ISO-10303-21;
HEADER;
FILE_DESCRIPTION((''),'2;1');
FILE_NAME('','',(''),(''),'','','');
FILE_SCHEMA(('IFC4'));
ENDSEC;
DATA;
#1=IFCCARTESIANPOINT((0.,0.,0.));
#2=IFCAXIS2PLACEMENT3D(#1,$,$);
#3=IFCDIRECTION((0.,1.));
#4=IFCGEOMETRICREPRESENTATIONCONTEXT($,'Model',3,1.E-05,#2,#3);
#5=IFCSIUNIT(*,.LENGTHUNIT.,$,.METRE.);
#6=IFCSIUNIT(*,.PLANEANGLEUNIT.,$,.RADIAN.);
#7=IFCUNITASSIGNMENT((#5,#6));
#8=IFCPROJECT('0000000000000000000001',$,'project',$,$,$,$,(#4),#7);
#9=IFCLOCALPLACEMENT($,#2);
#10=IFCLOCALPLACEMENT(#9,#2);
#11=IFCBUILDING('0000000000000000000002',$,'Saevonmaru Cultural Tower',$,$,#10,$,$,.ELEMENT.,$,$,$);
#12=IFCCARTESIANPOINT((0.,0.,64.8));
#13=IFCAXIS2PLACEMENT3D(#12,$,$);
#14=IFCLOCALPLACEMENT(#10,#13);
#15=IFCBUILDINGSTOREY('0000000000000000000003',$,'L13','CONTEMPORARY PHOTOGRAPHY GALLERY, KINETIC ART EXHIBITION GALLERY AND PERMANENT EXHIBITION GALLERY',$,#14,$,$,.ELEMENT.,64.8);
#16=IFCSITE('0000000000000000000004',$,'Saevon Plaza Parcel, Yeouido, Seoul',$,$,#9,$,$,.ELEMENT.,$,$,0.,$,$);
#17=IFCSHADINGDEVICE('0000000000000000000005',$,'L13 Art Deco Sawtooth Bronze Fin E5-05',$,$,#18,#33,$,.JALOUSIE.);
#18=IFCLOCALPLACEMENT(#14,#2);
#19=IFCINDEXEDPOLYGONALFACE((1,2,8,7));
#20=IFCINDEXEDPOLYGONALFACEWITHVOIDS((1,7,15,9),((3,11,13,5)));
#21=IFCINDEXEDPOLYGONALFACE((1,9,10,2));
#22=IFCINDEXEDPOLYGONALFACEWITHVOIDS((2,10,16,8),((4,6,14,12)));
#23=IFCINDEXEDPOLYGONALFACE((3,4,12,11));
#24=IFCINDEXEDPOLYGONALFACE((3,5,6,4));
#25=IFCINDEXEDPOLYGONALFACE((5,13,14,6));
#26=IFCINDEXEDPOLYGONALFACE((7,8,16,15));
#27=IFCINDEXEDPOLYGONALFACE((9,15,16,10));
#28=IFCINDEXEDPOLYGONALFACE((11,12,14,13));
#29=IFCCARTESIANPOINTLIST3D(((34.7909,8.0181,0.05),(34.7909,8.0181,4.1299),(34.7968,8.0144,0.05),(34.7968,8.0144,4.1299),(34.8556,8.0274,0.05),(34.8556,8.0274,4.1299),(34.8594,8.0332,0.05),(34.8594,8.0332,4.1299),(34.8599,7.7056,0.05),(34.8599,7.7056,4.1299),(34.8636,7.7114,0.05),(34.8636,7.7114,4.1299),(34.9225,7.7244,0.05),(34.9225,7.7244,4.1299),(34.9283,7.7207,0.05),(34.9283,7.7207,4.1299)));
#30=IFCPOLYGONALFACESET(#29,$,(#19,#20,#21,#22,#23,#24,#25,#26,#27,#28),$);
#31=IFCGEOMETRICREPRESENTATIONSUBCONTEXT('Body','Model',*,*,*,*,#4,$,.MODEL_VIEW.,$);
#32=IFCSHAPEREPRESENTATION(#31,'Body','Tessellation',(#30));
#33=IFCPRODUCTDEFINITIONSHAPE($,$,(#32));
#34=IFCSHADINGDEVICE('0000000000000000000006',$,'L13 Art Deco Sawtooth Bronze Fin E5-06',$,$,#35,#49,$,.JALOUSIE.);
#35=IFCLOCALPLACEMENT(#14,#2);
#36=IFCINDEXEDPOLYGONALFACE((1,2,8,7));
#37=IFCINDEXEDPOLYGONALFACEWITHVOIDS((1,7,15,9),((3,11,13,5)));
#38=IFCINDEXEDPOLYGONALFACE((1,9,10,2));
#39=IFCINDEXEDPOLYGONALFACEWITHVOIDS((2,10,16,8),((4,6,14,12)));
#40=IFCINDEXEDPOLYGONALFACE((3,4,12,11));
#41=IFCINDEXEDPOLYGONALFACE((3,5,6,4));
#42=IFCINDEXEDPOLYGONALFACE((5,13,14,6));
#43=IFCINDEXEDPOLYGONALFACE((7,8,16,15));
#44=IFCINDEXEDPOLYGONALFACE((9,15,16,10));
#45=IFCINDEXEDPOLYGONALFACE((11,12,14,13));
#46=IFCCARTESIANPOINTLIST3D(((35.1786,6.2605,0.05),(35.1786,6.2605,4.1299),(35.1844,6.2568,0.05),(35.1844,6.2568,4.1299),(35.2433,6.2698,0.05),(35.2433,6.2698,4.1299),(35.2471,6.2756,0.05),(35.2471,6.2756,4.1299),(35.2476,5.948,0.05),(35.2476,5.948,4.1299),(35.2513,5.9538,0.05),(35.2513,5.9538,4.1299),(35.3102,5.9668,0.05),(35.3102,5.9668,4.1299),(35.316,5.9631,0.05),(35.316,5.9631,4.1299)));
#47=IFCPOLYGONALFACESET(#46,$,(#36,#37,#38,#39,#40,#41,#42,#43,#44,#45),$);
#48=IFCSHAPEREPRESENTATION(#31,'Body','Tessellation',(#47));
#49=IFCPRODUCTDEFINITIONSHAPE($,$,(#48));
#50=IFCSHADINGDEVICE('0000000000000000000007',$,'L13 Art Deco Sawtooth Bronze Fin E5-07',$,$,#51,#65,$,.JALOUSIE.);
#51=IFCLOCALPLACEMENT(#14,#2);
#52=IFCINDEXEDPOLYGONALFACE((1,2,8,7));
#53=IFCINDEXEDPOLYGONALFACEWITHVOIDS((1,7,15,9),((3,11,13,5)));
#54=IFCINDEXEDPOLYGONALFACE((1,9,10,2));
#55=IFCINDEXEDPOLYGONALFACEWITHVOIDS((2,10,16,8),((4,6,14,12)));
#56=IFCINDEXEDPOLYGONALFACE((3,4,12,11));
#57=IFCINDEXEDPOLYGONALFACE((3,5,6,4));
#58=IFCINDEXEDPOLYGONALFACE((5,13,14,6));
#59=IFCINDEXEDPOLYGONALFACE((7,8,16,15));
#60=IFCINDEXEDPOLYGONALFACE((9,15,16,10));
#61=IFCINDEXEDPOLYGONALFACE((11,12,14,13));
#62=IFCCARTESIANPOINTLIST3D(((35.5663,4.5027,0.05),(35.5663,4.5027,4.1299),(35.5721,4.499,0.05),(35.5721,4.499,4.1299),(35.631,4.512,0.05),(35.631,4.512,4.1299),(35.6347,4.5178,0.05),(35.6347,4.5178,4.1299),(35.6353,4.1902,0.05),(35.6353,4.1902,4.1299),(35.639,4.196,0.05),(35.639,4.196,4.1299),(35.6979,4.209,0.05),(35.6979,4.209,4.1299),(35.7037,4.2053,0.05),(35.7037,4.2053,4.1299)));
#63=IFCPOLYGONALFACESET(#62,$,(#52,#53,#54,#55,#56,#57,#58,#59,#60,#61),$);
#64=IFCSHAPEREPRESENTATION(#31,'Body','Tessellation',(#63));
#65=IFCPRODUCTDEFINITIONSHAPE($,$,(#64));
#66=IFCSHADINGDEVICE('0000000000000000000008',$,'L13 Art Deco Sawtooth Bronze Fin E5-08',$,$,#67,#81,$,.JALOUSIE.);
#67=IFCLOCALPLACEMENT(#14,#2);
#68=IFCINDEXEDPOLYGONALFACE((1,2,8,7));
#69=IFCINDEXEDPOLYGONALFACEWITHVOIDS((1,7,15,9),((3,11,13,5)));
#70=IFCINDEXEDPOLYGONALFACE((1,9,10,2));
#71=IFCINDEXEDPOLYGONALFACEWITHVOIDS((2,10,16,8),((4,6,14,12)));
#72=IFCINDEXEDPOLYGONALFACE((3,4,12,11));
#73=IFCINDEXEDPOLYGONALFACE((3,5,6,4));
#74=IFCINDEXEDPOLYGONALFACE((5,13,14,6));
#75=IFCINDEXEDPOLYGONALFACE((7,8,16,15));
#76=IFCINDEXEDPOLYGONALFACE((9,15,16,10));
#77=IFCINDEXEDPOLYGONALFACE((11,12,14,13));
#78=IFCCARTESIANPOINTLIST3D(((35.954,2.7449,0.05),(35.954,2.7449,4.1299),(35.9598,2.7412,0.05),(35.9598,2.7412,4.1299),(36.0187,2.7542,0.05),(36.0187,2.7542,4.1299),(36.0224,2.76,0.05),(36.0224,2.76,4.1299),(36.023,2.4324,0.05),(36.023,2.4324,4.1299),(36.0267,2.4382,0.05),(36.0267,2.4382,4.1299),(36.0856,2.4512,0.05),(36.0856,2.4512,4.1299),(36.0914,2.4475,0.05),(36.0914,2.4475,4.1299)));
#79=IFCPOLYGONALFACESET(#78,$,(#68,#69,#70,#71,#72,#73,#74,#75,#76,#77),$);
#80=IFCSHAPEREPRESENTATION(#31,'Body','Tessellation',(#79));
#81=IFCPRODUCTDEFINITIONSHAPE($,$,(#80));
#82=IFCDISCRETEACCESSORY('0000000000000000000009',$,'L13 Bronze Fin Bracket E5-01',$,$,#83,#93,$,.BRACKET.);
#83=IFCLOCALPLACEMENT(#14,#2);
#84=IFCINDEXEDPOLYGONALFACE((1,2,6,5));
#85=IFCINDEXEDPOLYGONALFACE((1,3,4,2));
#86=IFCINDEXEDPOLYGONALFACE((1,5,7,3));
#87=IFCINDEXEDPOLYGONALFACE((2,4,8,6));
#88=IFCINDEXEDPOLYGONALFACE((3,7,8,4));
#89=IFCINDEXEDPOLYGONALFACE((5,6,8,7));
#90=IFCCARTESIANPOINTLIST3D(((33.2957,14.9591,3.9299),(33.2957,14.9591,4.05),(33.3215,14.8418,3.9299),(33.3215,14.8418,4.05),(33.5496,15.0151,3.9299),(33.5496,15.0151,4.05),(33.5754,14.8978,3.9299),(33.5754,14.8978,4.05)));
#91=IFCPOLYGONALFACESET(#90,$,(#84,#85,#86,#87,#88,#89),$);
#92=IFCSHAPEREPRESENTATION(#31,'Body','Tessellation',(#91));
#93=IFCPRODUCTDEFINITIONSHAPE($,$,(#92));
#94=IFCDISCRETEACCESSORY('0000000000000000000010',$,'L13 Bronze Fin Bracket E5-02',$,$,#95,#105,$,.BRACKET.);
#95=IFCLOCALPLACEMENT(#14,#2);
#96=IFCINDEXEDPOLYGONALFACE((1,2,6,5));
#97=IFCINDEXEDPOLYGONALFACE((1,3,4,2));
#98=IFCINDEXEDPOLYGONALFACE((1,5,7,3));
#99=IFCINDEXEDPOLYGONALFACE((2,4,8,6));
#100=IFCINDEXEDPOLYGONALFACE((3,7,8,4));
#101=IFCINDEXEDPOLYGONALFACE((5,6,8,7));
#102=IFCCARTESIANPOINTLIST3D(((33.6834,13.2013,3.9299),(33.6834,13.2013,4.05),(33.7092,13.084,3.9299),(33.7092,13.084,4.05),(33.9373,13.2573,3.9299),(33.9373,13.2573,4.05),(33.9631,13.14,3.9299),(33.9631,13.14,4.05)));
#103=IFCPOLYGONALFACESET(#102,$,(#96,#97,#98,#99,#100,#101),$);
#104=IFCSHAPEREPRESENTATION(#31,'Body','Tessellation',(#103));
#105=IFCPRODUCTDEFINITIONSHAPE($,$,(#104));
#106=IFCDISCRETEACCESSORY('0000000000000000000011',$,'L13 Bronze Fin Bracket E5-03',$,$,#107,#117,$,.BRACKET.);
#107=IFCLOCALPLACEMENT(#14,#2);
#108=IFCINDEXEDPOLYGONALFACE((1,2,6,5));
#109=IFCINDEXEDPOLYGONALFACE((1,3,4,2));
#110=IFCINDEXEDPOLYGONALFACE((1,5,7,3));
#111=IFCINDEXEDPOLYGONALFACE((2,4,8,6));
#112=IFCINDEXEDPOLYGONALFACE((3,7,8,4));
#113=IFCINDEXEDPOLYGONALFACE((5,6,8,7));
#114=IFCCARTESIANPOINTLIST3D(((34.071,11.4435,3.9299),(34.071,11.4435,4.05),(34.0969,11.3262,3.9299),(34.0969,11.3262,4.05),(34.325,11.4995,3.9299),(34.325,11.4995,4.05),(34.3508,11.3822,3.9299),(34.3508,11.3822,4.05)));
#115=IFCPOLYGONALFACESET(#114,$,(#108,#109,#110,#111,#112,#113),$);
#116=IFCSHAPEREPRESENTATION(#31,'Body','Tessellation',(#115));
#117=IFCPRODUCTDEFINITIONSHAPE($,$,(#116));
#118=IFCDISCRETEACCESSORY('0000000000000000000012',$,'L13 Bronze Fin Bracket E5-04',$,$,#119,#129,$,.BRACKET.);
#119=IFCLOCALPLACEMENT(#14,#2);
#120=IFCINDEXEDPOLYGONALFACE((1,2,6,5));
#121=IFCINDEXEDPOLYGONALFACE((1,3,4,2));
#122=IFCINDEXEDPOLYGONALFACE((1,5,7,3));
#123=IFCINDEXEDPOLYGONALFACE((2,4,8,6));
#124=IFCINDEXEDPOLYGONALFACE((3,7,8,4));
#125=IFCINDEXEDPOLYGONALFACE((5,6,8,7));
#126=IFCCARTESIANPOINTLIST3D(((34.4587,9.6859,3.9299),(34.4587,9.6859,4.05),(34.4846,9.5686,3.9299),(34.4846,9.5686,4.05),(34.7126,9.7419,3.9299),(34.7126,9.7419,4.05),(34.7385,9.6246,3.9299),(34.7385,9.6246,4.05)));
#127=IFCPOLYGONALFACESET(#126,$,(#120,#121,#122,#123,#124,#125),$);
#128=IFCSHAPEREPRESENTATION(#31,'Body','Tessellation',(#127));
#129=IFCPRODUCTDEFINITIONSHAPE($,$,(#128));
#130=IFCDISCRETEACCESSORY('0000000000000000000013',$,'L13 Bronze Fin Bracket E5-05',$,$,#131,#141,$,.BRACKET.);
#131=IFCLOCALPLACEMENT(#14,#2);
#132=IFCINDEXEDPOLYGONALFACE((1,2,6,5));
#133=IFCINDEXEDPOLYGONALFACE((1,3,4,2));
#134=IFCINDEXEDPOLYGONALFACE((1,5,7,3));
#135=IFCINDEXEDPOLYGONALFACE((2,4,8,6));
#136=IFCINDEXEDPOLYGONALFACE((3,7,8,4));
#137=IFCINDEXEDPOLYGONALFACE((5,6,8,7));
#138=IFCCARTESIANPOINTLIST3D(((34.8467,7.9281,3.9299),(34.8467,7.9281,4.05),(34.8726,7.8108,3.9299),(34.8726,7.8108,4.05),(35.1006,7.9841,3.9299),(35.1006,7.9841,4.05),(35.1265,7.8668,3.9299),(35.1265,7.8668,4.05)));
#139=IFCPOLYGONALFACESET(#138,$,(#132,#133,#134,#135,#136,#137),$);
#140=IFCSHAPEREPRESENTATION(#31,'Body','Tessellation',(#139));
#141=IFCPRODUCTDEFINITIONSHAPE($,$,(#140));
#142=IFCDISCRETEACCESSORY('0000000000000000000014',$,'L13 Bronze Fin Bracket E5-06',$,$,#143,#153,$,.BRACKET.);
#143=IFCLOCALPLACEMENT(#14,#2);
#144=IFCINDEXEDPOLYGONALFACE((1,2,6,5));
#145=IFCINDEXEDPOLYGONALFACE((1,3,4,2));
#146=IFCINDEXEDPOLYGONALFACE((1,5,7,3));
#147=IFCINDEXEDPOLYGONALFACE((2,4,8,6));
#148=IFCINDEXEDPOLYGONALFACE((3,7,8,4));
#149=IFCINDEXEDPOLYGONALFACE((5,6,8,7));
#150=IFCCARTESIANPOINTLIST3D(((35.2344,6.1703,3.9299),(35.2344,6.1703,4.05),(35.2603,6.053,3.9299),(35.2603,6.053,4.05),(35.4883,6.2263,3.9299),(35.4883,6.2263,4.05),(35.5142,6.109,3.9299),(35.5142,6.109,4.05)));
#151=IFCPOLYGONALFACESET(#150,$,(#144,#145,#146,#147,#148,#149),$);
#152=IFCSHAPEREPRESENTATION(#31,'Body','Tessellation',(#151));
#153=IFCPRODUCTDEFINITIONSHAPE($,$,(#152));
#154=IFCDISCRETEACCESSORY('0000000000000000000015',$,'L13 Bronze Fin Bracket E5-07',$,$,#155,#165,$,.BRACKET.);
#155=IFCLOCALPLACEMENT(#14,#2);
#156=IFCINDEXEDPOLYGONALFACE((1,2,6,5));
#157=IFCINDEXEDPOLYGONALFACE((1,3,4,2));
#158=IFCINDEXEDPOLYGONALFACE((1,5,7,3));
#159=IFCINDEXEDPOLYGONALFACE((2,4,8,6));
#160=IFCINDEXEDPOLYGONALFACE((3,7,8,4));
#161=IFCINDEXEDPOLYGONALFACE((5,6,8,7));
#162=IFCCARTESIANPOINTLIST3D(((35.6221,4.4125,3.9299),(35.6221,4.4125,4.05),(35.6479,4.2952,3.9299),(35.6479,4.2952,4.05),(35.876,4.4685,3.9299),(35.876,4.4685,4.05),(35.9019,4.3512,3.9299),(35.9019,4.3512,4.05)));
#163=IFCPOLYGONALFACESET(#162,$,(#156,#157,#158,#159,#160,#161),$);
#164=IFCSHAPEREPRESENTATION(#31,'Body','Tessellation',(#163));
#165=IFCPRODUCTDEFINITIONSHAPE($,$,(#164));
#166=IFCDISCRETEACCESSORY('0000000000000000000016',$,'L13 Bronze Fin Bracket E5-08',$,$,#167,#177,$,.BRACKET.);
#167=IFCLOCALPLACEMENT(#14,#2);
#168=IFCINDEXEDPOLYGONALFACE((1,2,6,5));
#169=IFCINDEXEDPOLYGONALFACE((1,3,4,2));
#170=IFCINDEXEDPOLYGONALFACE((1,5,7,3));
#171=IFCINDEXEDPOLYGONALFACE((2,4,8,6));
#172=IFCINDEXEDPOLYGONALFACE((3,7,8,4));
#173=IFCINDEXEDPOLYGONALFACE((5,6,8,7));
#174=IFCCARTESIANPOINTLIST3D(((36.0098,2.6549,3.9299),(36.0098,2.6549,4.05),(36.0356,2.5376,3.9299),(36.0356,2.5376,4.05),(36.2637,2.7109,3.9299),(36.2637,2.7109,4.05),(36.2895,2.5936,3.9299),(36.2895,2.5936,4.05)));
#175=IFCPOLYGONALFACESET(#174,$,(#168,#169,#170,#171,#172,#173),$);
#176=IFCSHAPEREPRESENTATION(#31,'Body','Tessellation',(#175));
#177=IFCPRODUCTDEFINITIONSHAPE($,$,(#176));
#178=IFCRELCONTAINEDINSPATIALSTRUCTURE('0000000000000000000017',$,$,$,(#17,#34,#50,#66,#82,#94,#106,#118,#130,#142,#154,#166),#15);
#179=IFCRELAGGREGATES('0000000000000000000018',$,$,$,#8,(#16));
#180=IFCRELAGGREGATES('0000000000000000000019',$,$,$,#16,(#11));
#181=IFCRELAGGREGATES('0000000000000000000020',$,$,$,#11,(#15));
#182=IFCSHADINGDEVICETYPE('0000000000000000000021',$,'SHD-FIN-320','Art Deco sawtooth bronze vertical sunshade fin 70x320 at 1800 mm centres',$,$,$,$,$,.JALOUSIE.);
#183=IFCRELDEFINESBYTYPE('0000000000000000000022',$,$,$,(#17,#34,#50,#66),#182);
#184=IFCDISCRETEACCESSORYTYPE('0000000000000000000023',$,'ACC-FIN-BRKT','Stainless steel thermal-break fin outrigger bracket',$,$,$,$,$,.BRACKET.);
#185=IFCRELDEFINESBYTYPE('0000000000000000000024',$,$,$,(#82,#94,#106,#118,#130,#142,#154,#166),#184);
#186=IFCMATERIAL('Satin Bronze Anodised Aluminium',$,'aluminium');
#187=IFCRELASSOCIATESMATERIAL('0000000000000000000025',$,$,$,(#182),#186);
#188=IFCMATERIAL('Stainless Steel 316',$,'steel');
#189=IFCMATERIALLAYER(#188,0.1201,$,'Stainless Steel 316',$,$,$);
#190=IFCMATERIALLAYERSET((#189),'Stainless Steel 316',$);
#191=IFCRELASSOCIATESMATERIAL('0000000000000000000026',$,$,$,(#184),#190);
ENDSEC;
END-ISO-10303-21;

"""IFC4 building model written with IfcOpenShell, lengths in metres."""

from ifc_helpers import new_model, si_unit, direction, frame, origin, origin_2d, place, context, subcontext, project, spatial, rectangle, hollow_rectangle, extrude, material, layer, layer_set, material_profile, profile_set, type_object, element, save


model = new_model("IFC4")

# Units and contexts
model_context = context("Model", 3, precision=1e-05, world=origin(), true_north=direction((0.0, 1.0)))
body_context = subcontext(model_context, "Body", "Model", "MODEL_VIEW")
ifc_project = project(units=[si_unit("LENGTHUNIT", "METRE"), si_unit("PLANEANGLEUNIT", "RADIAN")], contexts=[model_context])

# Site, building, storey
site_placement = place(None, origin())
site = spatial("IfcSite", under=ifc_project, at=site_placement, Name="Saevon Plaza Parcel, Yeouido, Seoul", CompositionType="ELEMENT", RefElevation=0.0)
building_placement = place(site_placement, origin())
building = spatial("IfcBuilding", under=site, at=building_placement, Name="Saevonmaru Cultural Tower", CompositionType="ELEMENT")
storey_placement = place(building_placement, frame((0.0, 0.0, 64.8)))
storey = spatial("IfcBuildingStorey", under=building, at=storey_placement, Name="L13", Description="CONTEMPORARY PHOTOGRAPHY GALLERY, KINETIC ART EXHIBITION GALLERY AND PERMANENT EXHIBITION GALLERY", CompositionType="ELEMENT", Elevation=64.8)

# Shared definitions
ifc_material_1 = material(Name="Satin Bronze Anodised Aluminium", Category="aluminium")

# Shading devices
ifc_material_profile_1 = material_profile(ifc_material_1, hollow_rectangle(XDim=0.0701, YDim=0.3201, WallThickness=0.0049, at=origin_2d()), Name="FIN-320x70")
ifc_profile_set_1 = profile_set([ifc_material_profile_1], Name="Satin Bronze Anodised Aluminium")
shading_device_type = type_object("IfcShadingDeviceType", Name="SHD-FIN-320", Description="Art Deco sawtooth bronze vertical sunshade fin 70x320 at 1800 mm centres", PredefinedType="JALOUSIE", material=ifc_profile_set_1)
for number, where, z_axis, x_axis, name in (
    (1, (34.8596, 7.8694, 0.05), (0.0, 0.0, 1.0), (-0.976522, -0.215417, 0.0), "L13 Art Deco Sawtooth Bronze Fin E5-05"),
    (2, (35.2473, 6.1118, 0.05), (0.0, 0.0, 1.0), (-0.976522, -0.215417, 0.0), "L13 Art Deco Sawtooth Bronze Fin E5-06"),
    (3, (35.635, 4.354, 0.05), (0.0, 0.0, 1.0), (-0.976522, -0.215417, 0.0), "L13 Art Deco Sawtooth Bronze Fin E5-07"),
    (4, (36.0227, 2.5962, 0.05), (0.0, 0.0, 1.0), (-0.976522, -0.215417, 0.0), "L13 Art Deco Sawtooth Bronze Fin E5-08"),
):
    element("IfcShadingDevice", number, at=place(storey_placement, frame(where, z_axis=z_axis, x_axis=x_axis)), inside=storey, type_object=shading_device_type, Name=name, PredefinedType="JALOUSIE", context=body_context, shape_type="SweptSolid", body=[
        extrude(hollow_rectangle(XDim=0.0701, YDim=0.3201, WallThickness=0.0049, at=origin_2d()), origin(), (0.0, 0.0, 1.0), 4.0798),
    ])

# Discrete accessories
ifc_material_2 = material(Name="Stainless Steel 316", Category="steel")
ifc_layer_1 = layer(ifc_material_2, 0.1201, Name="Stainless Steel 316")
ifc_layer_set_1 = layer_set([ifc_layer_1], Name="Stainless Steel 316")
discrete_accessory_type = type_object("IfcDiscreteAccessoryType", Name="ACC-FIN-BRKT", Description="Stainless steel thermal-break fin outrigger bracket", PredefinedType="BRACKET", material=ifc_layer_set_1)
for number, where, z_axis, x_axis, name in (
    (5, (33.4355, 14.9285, 3.9299), (0.0, 0.0, 1.0), (-0.976522, -0.215417, 0.0), "L13 Bronze Fin Bracket E5-01"),
    (6, (33.8232, 13.1707, 3.9299), (0.0, 0.0, 1.0), (-0.976522, -0.215417, 0.0), "L13 Bronze Fin Bracket E5-02"),
    (7, (34.2109, 11.4128, 3.9299), (0.0, 0.0, 1.0), (-0.976522, -0.215417, 0.0), "L13 Bronze Fin Bracket E5-03"),
    (8, (34.5986, 9.6553, 3.9299), (0.0, 0.0, 1.0), (-0.976522, -0.215417, 0.0), "L13 Bronze Fin Bracket E5-04"),
    (9, (34.9866, 7.8975, 3.9299), (0.0, 0.0, 1.0), (-0.976522, -0.215417, 0.0), "L13 Bronze Fin Bracket E5-05"),
    (10, (35.3743, 6.1396, 3.9299), (0.0, 0.0, 1.0), (-0.976522, -0.215417, 0.0), "L13 Bronze Fin Bracket E5-06"),
    (11, (35.762, 4.3818, 3.9299), (0.0, 0.0, 1.0), (-0.976522, -0.215417, 0.0), "L13 Bronze Fin Bracket E5-07"),
    (12, (36.1497, 2.6243, 3.9299), (0.0, 0.0, 1.0), (-0.976522, -0.215417, 0.0), "L13 Bronze Fin Bracket E5-08"),
):
    element("IfcDiscreteAccessory", number, at=place(storey_placement, frame(where, z_axis=z_axis, x_axis=x_axis)), inside=storey, type_object=discrete_accessory_type, Name=name, PredefinedType="BRACKET", context=body_context, shape_type="SweptSolid", body=[
        extrude(rectangle(XDim=0.26, YDim=0.1201, at=origin_2d()), origin(), (0.0, 0.0, 1.0), 0.1201),
    ])

save(model, "model.ifc")
